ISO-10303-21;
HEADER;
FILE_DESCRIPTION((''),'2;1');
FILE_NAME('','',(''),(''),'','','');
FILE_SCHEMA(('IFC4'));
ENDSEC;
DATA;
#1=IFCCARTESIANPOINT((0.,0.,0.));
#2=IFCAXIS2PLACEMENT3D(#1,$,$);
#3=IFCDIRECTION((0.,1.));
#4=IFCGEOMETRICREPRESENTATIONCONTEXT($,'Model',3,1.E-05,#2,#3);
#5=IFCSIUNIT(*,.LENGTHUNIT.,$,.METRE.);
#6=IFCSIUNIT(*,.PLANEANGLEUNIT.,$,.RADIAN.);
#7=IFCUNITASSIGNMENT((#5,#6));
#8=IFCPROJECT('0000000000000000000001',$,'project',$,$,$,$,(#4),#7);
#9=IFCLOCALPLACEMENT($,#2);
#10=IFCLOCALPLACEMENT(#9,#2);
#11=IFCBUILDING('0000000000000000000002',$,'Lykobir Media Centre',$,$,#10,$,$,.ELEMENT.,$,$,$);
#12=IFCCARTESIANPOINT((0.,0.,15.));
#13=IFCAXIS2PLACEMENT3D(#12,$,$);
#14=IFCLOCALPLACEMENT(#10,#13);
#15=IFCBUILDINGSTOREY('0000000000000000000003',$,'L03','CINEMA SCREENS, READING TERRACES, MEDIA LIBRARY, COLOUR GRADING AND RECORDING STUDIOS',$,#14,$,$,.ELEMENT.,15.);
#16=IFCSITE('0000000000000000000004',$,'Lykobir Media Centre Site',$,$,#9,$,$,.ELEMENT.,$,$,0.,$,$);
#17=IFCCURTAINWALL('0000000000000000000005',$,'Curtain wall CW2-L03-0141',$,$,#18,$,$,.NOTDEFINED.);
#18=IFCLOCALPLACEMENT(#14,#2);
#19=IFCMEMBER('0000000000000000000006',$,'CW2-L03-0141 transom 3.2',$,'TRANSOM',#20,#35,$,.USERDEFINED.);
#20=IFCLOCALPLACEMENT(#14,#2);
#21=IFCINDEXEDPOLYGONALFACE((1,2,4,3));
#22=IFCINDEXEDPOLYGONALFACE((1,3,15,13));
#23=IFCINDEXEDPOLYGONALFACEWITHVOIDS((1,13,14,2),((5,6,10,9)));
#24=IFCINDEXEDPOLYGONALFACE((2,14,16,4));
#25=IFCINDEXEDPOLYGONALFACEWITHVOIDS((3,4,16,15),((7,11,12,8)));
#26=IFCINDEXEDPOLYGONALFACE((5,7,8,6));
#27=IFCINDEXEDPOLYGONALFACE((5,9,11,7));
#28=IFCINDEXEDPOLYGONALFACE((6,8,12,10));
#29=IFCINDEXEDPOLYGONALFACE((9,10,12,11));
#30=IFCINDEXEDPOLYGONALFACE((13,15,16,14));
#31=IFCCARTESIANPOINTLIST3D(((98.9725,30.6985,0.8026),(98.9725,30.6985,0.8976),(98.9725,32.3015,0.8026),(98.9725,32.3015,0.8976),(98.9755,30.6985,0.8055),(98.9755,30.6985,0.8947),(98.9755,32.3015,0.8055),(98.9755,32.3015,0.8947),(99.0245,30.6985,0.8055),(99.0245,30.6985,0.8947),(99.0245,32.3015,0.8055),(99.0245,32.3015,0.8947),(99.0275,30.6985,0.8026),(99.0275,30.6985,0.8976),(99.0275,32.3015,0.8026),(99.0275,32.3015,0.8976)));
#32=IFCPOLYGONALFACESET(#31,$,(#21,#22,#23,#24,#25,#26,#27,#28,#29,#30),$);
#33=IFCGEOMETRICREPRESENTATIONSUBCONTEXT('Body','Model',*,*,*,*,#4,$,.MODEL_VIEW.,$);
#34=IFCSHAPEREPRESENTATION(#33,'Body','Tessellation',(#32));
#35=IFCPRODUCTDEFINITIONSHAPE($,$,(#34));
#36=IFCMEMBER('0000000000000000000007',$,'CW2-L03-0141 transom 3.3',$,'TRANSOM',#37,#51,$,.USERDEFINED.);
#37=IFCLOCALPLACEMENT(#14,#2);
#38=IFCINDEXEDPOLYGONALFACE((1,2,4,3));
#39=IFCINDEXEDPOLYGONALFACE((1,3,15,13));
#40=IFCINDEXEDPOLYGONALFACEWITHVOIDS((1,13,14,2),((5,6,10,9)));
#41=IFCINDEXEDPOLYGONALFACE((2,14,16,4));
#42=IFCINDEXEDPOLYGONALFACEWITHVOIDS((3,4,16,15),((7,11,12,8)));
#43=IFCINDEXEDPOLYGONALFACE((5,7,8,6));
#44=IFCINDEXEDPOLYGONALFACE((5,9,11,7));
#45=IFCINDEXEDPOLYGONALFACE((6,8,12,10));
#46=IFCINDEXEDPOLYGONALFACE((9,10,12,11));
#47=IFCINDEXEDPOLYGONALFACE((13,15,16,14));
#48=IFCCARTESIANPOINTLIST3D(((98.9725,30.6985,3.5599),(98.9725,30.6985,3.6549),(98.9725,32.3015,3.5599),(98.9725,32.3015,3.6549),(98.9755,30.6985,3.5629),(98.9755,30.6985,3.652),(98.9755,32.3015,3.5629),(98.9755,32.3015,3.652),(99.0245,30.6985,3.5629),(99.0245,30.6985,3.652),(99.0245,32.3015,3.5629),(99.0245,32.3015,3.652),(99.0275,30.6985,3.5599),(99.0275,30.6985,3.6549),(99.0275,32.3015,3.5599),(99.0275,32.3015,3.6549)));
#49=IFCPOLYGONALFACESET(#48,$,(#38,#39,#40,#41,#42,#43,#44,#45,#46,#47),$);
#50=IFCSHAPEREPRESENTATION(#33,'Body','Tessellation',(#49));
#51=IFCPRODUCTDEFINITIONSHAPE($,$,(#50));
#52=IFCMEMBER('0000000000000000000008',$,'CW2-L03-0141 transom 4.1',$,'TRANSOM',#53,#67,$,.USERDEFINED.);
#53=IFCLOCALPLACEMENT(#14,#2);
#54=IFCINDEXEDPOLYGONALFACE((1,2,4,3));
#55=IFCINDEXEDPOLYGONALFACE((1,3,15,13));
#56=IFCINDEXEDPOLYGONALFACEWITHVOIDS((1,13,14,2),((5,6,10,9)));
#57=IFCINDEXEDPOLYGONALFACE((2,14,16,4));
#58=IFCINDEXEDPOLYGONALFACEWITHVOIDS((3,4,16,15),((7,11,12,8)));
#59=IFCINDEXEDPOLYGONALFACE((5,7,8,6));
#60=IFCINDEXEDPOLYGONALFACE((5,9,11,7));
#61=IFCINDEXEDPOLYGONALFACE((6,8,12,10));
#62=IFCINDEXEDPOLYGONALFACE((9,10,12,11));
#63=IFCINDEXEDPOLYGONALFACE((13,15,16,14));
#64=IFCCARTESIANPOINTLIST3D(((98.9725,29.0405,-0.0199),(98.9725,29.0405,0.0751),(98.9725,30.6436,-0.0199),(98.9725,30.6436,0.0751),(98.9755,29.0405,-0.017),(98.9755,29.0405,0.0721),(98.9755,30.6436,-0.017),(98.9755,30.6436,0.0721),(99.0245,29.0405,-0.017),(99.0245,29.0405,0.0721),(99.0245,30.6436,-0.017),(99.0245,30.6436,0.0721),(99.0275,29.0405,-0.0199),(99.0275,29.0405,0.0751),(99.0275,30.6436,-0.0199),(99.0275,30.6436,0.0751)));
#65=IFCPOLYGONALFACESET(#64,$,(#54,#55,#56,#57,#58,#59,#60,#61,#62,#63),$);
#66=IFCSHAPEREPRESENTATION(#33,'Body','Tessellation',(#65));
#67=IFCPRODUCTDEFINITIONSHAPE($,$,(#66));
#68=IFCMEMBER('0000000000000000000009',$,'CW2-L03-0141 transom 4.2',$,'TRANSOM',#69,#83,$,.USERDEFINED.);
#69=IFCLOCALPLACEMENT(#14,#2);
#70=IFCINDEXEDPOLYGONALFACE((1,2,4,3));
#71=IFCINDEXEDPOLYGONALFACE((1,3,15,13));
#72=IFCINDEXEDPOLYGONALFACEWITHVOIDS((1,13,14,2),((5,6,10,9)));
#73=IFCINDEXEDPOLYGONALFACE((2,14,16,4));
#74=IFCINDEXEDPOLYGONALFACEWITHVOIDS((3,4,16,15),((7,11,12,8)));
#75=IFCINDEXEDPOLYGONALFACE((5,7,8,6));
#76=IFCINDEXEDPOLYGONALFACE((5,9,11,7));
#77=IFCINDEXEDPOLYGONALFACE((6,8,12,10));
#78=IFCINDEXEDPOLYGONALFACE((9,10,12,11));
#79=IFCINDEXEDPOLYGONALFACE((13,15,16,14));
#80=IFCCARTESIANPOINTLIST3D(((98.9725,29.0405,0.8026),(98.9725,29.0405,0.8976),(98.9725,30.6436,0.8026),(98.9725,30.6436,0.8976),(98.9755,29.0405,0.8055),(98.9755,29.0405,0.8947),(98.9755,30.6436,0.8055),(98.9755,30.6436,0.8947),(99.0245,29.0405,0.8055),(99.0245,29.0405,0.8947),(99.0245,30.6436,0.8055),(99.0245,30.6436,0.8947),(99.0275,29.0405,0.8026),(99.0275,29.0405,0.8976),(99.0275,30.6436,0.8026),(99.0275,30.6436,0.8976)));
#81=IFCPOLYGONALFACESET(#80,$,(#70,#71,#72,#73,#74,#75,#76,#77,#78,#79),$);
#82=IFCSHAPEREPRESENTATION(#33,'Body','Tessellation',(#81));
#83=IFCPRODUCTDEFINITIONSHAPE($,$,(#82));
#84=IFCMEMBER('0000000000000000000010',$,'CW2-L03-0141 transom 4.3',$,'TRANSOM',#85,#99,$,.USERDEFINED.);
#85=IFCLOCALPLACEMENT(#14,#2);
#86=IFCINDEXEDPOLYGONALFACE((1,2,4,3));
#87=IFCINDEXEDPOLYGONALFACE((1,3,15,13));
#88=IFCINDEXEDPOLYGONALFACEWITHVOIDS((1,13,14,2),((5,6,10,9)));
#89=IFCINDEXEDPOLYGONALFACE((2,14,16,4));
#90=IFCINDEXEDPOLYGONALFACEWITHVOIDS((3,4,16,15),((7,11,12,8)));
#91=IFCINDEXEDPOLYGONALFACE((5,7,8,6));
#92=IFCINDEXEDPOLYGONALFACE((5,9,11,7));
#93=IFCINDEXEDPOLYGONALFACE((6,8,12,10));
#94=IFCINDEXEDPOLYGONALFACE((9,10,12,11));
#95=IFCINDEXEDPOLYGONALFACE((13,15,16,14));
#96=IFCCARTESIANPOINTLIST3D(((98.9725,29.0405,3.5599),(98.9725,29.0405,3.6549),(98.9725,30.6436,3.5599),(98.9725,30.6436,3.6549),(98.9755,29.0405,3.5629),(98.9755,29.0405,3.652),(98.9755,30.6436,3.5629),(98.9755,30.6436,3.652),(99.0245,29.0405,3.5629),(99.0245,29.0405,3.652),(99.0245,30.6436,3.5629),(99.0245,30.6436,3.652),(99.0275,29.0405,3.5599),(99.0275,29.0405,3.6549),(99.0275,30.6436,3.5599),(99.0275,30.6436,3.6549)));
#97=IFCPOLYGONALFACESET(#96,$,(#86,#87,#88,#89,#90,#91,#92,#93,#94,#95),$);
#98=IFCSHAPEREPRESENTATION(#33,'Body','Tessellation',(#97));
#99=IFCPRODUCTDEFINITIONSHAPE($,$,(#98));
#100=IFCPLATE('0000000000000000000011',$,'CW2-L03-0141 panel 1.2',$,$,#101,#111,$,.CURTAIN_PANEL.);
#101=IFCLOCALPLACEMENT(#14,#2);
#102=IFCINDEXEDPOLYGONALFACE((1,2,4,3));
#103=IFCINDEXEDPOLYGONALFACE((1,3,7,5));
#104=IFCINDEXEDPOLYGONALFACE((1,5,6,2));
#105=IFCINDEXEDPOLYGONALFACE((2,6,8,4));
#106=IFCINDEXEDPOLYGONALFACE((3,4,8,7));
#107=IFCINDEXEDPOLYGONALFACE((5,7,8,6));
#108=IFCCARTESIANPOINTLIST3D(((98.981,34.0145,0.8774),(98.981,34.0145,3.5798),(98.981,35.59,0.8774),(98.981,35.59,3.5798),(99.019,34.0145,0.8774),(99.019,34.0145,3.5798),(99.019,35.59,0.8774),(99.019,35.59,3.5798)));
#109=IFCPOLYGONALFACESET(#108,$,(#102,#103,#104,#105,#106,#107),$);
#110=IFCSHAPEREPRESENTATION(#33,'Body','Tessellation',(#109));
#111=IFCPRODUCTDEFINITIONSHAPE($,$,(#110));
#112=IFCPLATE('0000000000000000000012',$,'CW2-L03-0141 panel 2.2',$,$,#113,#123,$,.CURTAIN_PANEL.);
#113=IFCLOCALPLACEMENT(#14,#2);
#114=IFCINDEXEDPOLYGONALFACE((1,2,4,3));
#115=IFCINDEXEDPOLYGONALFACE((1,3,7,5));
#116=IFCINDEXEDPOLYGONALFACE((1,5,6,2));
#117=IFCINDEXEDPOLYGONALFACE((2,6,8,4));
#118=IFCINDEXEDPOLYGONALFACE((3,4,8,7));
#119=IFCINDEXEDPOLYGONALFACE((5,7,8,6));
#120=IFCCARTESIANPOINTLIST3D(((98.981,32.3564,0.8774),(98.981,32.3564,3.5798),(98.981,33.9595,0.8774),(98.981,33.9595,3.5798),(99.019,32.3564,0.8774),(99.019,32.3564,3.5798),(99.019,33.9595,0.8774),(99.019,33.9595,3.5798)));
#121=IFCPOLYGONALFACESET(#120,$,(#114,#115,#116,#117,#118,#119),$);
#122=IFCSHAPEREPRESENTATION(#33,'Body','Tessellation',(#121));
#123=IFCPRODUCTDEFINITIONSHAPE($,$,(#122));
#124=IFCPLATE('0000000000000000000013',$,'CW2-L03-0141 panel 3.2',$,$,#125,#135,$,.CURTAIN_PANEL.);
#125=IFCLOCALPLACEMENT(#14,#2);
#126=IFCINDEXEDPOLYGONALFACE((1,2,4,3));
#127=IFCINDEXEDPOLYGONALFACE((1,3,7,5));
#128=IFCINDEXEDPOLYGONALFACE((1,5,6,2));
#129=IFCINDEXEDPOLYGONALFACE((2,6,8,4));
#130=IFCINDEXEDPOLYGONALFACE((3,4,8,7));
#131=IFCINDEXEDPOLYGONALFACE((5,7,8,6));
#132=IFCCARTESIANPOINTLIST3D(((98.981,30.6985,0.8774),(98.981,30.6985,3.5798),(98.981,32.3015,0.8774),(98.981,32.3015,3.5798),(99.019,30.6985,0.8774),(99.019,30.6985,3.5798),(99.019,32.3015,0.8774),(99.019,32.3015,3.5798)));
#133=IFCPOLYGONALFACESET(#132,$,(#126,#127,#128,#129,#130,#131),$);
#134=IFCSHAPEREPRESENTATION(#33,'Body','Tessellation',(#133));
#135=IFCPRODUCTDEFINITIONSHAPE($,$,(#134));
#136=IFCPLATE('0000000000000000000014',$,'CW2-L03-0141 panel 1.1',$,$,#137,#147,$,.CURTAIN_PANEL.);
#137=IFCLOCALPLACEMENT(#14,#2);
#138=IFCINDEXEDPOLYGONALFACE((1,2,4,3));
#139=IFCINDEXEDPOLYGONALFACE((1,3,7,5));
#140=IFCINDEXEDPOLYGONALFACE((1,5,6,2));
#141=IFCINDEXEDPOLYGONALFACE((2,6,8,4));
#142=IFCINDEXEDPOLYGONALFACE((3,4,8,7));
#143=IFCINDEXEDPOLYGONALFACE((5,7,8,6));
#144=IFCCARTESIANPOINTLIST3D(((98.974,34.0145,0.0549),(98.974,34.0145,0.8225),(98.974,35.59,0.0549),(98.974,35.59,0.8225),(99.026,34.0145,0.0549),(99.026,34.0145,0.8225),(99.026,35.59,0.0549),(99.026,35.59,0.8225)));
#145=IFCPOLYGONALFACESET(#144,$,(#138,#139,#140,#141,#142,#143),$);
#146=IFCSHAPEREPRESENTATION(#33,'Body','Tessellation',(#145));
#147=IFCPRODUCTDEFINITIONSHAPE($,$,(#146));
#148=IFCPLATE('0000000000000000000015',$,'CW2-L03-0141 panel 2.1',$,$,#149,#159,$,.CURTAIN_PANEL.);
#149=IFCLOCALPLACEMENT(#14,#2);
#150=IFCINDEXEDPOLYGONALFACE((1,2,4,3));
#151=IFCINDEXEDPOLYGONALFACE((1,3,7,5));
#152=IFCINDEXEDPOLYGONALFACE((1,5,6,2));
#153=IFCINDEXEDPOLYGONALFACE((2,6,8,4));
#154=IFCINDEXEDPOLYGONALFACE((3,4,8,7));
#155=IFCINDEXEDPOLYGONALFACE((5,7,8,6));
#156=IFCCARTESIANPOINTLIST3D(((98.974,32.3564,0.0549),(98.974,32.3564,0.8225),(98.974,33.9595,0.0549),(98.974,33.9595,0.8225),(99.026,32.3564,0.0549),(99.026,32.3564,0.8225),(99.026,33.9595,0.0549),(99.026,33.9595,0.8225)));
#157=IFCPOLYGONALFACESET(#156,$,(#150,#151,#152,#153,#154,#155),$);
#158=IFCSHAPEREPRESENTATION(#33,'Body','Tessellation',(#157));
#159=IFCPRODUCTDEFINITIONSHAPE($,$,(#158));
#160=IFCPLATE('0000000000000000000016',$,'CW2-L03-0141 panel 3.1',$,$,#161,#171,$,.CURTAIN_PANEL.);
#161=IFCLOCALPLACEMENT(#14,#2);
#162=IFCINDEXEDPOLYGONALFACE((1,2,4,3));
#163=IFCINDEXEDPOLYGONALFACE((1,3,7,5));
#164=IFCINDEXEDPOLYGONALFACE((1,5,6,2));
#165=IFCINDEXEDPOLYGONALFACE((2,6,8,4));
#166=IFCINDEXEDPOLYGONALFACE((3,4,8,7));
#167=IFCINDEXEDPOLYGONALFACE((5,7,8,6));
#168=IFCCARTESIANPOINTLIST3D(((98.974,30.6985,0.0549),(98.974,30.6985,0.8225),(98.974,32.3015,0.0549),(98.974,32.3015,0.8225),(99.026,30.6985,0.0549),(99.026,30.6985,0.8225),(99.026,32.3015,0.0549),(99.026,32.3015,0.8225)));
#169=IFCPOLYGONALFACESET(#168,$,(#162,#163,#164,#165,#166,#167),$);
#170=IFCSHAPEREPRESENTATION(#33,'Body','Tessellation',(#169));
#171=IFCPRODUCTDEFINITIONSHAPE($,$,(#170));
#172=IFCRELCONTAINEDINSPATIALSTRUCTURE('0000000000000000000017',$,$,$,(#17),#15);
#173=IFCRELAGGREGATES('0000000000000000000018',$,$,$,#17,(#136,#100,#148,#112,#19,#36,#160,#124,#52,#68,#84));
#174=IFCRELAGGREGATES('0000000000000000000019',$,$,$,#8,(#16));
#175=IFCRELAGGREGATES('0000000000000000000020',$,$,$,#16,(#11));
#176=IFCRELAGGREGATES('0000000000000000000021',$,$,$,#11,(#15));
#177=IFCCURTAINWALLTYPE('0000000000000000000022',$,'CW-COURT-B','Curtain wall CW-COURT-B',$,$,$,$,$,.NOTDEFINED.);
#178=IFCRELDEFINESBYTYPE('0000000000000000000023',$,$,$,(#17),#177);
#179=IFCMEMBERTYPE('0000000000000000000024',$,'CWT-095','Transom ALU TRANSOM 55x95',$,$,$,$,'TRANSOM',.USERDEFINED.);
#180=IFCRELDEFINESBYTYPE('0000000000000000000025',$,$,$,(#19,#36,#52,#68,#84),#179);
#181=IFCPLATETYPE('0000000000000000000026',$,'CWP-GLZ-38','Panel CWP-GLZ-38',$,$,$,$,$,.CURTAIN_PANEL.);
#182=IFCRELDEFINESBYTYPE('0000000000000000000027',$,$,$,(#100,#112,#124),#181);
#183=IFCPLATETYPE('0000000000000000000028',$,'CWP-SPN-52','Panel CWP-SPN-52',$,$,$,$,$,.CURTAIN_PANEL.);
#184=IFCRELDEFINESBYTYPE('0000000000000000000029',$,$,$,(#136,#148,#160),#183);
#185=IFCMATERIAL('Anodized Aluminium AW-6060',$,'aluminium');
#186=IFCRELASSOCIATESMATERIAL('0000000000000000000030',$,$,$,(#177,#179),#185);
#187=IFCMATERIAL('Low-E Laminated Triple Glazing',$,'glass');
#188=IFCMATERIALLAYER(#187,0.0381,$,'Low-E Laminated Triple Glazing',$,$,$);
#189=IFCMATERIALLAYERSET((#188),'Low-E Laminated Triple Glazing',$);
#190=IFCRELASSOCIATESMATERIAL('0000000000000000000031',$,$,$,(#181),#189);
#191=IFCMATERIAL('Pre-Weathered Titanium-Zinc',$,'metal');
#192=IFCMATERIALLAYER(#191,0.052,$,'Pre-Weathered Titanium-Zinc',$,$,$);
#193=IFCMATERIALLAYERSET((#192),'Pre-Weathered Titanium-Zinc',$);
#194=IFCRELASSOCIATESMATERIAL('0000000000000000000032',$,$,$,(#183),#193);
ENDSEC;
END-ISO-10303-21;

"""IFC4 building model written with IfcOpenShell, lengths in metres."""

from ifc_helpers import new_model, si_unit, direction, frame, origin, origin_2d, place, context, subcontext, project, spatial, rectangle, hollow_rectangle, extrude, material, layer, layer_set, material_profile, profile_set, type_object, element, aggregate, save


model = new_model("IFC4")

# Units and contexts
model_context = context("Model", 3, precision=1e-05, world=origin(), true_north=direction((0.0, 1.0)))
body_context = subcontext(model_context, "Body", "Model", "MODEL_VIEW")
ifc_project = project(units=[si_unit("LENGTHUNIT", "METRE"), si_unit("PLANEANGLEUNIT", "RADIAN")], contexts=[model_context])

# Site, building, storey
site_placement = place(None, origin())
site = spatial("IfcSite", under=ifc_project, at=site_placement, Name="Lykobir Media Centre Site", CompositionType="ELEMENT", RefElevation=0.0)
building_placement = place(site_placement, origin())
building = spatial("IfcBuilding", under=site, at=building_placement, Name="Lykobir Media Centre", CompositionType="ELEMENT")
storey_placement = place(building_placement, frame((0.0, 0.0, 15.0)))
storey = spatial("IfcBuildingStorey", under=building, at=storey_placement, Name="L03", Description="CINEMA SCREENS, READING TERRACES, MEDIA LIBRARY, COLOUR GRADING AND RECORDING STUDIOS", CompositionType="ELEMENT", Elevation=15.0)

# Curtain wall, members, plates
ifc_material_1 = material(Name="Anodized Aluminium AW-6060", Category="aluminium")
curtain_wall_type = type_object("IfcCurtainWallType", Name="CW-COURT-B", Description="Curtain wall CW-COURT-B", PredefinedType="NOTDEFINED", material=ifc_material_1)
curtain_wall_placement = place(storey_placement, origin())
curtain_wall = element("IfcCurtainWall", 1, at=curtain_wall_placement, inside=storey, type_object=curtain_wall_type, Name="Curtain wall CW2-L03-0141", PredefinedType="NOTDEFINED")
ifc_material_profile_1 = material_profile(ifc_material_1, hollow_rectangle(XDim=0.0549, YDim=0.095, WallThickness=0.0029, at=origin_2d()), Name="ALU TRANSOM 55x95")
ifc_profile_set_1 = profile_set([ifc_material_profile_1], Name="Anodized Aluminium AW-6060")
member_type_1 = type_object("IfcMemberType", Name="CWT-095", Description="Transom ALU TRANSOM 55x95", ElementType="TRANSOM", PredefinedType="USERDEFINED", material=ifc_profile_set_1)
member_1_placement = place(storey_placement, frame((99.0, 32.3015, 0.8501), z_axis=(0.0, -1.0, 0.0), x_axis=(1.0, 0.0, 0.0)))
member_1 = element("IfcMember", 2, at=member_1_placement, type_object=member_type_1, Name="CW2-L03-0141 transom 3.2", ObjectType="TRANSOM", PredefinedType="USERDEFINED", context=body_context, shape_type="SweptSolid", body=[
    extrude(hollow_rectangle(XDim=0.0549, YDim=0.095, WallThickness=0.0029, at=origin_2d()), origin(), (0.0, 0.0, 1.0), 1.603),
])
member_2_placement = place(storey_placement, frame((99.0, 32.3015, 3.6074), z_axis=(0.0, -1.0, 0.0), x_axis=(1.0, 0.0, 0.0)))
member_2 = element("IfcMember", 3, at=member_2_placement, type_object=member_type_1, Name="CW2-L03-0141 transom 3.3", ObjectType="TRANSOM", PredefinedType="USERDEFINED", context=body_context, shape_type="SweptSolid", body=[
    extrude(hollow_rectangle(XDim=0.0549, YDim=0.095, WallThickness=0.0029, at=origin_2d()), origin(), (0.0, 0.0, 1.0), 1.603),
])
member_3_placement = place(storey_placement, frame((99.0, 30.6436, 0.0276), z_axis=(0.0, -1.0, 0.0), x_axis=(1.0, 0.0, 0.0)))
member_3 = element("IfcMember", 4, at=member_3_placement, type_object=member_type_1, Name="CW2-L03-0141 transom 4.1", ObjectType="TRANSOM", PredefinedType="USERDEFINED", context=body_context, shape_type="SweptSolid", body=[
    extrude(hollow_rectangle(XDim=0.0549, YDim=0.095, WallThickness=0.0029, at=origin_2d()), origin(), (0.0, 0.0, 1.0), 1.603),
])
member_4_placement = place(storey_placement, frame((99.0, 30.6436, 0.8501), z_axis=(0.0, -1.0, 0.0), x_axis=(1.0, 0.0, 0.0)))
member_4 = element("IfcMember", 5, at=member_4_placement, type_object=member_type_1, Name="CW2-L03-0141 transom 4.2", ObjectType="TRANSOM", PredefinedType="USERDEFINED", context=body_context, shape_type="SweptSolid", body=[
    extrude(hollow_rectangle(XDim=0.0549, YDim=0.095, WallThickness=0.0029, at=origin_2d()), origin(), (0.0, 0.0, 1.0), 1.603),
])
member_5_placement = place(storey_placement, frame((99.0, 30.6436, 3.6074), z_axis=(0.0, -1.0, 0.0), x_axis=(1.0, 0.0, 0.0)))
member_5 = element("IfcMember", 6, at=member_5_placement, type_object=member_type_1, Name="CW2-L03-0141 transom 4.3", ObjectType="TRANSOM", PredefinedType="USERDEFINED", context=body_context, shape_type="SweptSolid", body=[
    extrude(hollow_rectangle(XDim=0.0549, YDim=0.095, WallThickness=0.0029, at=origin_2d()), origin(), (0.0, 0.0, 1.0), 1.603),
])
ifc_material_2 = material(Name="Low-E Laminated Triple Glazing", Category="glass")
ifc_layer_1 = layer(ifc_material_2, 0.0381, Name="Low-E Laminated Triple Glazing")
ifc_layer_set_1 = layer_set([ifc_layer_1], Name="Low-E Laminated Triple Glazing")
plate_type_1 = type_object("IfcPlateType", Name="CWP-GLZ-38", Description="Panel CWP-GLZ-38", PredefinedType="CURTAIN_PANEL", material=ifc_layer_set_1)
plate_1_placement = place(storey_placement, frame((99.0, 34.8022, 0.8774), z_axis=(0.0, 0.0, 1.0), x_axis=(0.0, -1.0, 0.0)))
plate_1 = element("IfcPlate", 7, at=plate_1_placement, type_object=plate_type_1, Name="CW2-L03-0141 panel 1.2", PredefinedType="CURTAIN_PANEL", context=body_context, shape_type="SweptSolid", body=[
    extrude(rectangle(XDim=1.5754, YDim=0.0381, at=origin_2d()), origin(), (0.0, 0.0, 1.0), 2.7024),
])
plate_2_placement = place(storey_placement, frame((99.0, 33.158, 0.8774), z_axis=(0.0, 0.0, 1.0), x_axis=(0.0, -1.0, 0.0)))
plate_2 = element("IfcPlate", 8, at=plate_2_placement, type_object=plate_type_1, Name="CW2-L03-0141 panel 2.2", PredefinedType="CURTAIN_PANEL", context=body_context, shape_type="SweptSolid", body=[
    extrude(rectangle(XDim=1.603, YDim=0.0381, at=origin_2d()), origin(), (0.0, 0.0, 1.0), 2.7024),
])
plate_3_placement = place(storey_placement, frame((99.0, 31.5, 0.8774), z_axis=(0.0, 0.0, 1.0), x_axis=(0.0, -1.0, 0.0)))
plate_3 = element("IfcPlate", 9, at=plate_3_placement, type_object=plate_type_1, Name="CW2-L03-0141 panel 3.2", PredefinedType="CURTAIN_PANEL", context=body_context, shape_type="SweptSolid", body=[
    extrude(rectangle(XDim=1.603, YDim=0.0381, at=origin_2d()), origin(), (0.0, 0.0, 1.0), 2.7024),
])
ifc_material_3 = material(Name="Pre-Weathered Titanium-Zinc", Category="metal")
ifc_layer_2 = layer(ifc_material_3, 0.052, Name="Pre-Weathered Titanium-Zinc")
ifc_layer_set_2 = layer_set([ifc_layer_2], Name="Pre-Weathered Titanium-Zinc")
plate_type_2 = type_object("IfcPlateType", Name="CWP-SPN-52", Description="Panel CWP-SPN-52", PredefinedType="CURTAIN_PANEL", material=ifc_layer_set_2)
plate_4_placement = place(storey_placement, frame((99.0, 34.8022, 0.0549), z_axis=(0.0, 0.0, 1.0), x_axis=(0.0, -1.0, 0.0)))
plate_4 = element("IfcPlate", 10, at=plate_4_placement, type_object=plate_type_2, Name="CW2-L03-0141 panel 1.1", PredefinedType="CURTAIN_PANEL", context=body_context, shape_type="SweptSolid", body=[
    extrude(rectangle(XDim=1.5754, YDim=0.052, at=origin_2d()), origin(), (0.0, 0.0, 1.0), 0.7676),
])
plate_5_placement = place(storey_placement, frame((99.0, 33.158, 0.0549), z_axis=(0.0, 0.0, 1.0), x_axis=(0.0, -1.0, 0.0)))
plate_5 = element("IfcPlate", 11, at=plate_5_placement, type_object=plate_type_2, Name="CW2-L03-0141 panel 2.1", PredefinedType="CURTAIN_PANEL", context=body_context, shape_type="SweptSolid", body=[
    extrude(rectangle(XDim=1.603, YDim=0.052, at=origin_2d()), origin(), (0.0, 0.0, 1.0), 0.7676),
])
plate_6_placement = place(storey_placement, frame((99.0, 31.5, 0.0549), z_axis=(0.0, 0.0, 1.0), x_axis=(0.0, -1.0, 0.0)))
plate_6 = element("IfcPlate", 12, at=plate_6_placement, type_object=plate_type_2, Name="CW2-L03-0141 panel 3.1", PredefinedType="CURTAIN_PANEL", context=body_context, shape_type="SweptSolid", body=[
    extrude(rectangle(XDim=1.603, YDim=0.052, at=origin_2d()), origin(), (0.0, 0.0, 1.0), 0.7676),
])
aggregate(curtain_wall, [plate_4, plate_1, plate_5, plate_2, member_1, member_2, plate_6, plate_3, member_3, member_4, member_5])

save(model, "model.ifc")
